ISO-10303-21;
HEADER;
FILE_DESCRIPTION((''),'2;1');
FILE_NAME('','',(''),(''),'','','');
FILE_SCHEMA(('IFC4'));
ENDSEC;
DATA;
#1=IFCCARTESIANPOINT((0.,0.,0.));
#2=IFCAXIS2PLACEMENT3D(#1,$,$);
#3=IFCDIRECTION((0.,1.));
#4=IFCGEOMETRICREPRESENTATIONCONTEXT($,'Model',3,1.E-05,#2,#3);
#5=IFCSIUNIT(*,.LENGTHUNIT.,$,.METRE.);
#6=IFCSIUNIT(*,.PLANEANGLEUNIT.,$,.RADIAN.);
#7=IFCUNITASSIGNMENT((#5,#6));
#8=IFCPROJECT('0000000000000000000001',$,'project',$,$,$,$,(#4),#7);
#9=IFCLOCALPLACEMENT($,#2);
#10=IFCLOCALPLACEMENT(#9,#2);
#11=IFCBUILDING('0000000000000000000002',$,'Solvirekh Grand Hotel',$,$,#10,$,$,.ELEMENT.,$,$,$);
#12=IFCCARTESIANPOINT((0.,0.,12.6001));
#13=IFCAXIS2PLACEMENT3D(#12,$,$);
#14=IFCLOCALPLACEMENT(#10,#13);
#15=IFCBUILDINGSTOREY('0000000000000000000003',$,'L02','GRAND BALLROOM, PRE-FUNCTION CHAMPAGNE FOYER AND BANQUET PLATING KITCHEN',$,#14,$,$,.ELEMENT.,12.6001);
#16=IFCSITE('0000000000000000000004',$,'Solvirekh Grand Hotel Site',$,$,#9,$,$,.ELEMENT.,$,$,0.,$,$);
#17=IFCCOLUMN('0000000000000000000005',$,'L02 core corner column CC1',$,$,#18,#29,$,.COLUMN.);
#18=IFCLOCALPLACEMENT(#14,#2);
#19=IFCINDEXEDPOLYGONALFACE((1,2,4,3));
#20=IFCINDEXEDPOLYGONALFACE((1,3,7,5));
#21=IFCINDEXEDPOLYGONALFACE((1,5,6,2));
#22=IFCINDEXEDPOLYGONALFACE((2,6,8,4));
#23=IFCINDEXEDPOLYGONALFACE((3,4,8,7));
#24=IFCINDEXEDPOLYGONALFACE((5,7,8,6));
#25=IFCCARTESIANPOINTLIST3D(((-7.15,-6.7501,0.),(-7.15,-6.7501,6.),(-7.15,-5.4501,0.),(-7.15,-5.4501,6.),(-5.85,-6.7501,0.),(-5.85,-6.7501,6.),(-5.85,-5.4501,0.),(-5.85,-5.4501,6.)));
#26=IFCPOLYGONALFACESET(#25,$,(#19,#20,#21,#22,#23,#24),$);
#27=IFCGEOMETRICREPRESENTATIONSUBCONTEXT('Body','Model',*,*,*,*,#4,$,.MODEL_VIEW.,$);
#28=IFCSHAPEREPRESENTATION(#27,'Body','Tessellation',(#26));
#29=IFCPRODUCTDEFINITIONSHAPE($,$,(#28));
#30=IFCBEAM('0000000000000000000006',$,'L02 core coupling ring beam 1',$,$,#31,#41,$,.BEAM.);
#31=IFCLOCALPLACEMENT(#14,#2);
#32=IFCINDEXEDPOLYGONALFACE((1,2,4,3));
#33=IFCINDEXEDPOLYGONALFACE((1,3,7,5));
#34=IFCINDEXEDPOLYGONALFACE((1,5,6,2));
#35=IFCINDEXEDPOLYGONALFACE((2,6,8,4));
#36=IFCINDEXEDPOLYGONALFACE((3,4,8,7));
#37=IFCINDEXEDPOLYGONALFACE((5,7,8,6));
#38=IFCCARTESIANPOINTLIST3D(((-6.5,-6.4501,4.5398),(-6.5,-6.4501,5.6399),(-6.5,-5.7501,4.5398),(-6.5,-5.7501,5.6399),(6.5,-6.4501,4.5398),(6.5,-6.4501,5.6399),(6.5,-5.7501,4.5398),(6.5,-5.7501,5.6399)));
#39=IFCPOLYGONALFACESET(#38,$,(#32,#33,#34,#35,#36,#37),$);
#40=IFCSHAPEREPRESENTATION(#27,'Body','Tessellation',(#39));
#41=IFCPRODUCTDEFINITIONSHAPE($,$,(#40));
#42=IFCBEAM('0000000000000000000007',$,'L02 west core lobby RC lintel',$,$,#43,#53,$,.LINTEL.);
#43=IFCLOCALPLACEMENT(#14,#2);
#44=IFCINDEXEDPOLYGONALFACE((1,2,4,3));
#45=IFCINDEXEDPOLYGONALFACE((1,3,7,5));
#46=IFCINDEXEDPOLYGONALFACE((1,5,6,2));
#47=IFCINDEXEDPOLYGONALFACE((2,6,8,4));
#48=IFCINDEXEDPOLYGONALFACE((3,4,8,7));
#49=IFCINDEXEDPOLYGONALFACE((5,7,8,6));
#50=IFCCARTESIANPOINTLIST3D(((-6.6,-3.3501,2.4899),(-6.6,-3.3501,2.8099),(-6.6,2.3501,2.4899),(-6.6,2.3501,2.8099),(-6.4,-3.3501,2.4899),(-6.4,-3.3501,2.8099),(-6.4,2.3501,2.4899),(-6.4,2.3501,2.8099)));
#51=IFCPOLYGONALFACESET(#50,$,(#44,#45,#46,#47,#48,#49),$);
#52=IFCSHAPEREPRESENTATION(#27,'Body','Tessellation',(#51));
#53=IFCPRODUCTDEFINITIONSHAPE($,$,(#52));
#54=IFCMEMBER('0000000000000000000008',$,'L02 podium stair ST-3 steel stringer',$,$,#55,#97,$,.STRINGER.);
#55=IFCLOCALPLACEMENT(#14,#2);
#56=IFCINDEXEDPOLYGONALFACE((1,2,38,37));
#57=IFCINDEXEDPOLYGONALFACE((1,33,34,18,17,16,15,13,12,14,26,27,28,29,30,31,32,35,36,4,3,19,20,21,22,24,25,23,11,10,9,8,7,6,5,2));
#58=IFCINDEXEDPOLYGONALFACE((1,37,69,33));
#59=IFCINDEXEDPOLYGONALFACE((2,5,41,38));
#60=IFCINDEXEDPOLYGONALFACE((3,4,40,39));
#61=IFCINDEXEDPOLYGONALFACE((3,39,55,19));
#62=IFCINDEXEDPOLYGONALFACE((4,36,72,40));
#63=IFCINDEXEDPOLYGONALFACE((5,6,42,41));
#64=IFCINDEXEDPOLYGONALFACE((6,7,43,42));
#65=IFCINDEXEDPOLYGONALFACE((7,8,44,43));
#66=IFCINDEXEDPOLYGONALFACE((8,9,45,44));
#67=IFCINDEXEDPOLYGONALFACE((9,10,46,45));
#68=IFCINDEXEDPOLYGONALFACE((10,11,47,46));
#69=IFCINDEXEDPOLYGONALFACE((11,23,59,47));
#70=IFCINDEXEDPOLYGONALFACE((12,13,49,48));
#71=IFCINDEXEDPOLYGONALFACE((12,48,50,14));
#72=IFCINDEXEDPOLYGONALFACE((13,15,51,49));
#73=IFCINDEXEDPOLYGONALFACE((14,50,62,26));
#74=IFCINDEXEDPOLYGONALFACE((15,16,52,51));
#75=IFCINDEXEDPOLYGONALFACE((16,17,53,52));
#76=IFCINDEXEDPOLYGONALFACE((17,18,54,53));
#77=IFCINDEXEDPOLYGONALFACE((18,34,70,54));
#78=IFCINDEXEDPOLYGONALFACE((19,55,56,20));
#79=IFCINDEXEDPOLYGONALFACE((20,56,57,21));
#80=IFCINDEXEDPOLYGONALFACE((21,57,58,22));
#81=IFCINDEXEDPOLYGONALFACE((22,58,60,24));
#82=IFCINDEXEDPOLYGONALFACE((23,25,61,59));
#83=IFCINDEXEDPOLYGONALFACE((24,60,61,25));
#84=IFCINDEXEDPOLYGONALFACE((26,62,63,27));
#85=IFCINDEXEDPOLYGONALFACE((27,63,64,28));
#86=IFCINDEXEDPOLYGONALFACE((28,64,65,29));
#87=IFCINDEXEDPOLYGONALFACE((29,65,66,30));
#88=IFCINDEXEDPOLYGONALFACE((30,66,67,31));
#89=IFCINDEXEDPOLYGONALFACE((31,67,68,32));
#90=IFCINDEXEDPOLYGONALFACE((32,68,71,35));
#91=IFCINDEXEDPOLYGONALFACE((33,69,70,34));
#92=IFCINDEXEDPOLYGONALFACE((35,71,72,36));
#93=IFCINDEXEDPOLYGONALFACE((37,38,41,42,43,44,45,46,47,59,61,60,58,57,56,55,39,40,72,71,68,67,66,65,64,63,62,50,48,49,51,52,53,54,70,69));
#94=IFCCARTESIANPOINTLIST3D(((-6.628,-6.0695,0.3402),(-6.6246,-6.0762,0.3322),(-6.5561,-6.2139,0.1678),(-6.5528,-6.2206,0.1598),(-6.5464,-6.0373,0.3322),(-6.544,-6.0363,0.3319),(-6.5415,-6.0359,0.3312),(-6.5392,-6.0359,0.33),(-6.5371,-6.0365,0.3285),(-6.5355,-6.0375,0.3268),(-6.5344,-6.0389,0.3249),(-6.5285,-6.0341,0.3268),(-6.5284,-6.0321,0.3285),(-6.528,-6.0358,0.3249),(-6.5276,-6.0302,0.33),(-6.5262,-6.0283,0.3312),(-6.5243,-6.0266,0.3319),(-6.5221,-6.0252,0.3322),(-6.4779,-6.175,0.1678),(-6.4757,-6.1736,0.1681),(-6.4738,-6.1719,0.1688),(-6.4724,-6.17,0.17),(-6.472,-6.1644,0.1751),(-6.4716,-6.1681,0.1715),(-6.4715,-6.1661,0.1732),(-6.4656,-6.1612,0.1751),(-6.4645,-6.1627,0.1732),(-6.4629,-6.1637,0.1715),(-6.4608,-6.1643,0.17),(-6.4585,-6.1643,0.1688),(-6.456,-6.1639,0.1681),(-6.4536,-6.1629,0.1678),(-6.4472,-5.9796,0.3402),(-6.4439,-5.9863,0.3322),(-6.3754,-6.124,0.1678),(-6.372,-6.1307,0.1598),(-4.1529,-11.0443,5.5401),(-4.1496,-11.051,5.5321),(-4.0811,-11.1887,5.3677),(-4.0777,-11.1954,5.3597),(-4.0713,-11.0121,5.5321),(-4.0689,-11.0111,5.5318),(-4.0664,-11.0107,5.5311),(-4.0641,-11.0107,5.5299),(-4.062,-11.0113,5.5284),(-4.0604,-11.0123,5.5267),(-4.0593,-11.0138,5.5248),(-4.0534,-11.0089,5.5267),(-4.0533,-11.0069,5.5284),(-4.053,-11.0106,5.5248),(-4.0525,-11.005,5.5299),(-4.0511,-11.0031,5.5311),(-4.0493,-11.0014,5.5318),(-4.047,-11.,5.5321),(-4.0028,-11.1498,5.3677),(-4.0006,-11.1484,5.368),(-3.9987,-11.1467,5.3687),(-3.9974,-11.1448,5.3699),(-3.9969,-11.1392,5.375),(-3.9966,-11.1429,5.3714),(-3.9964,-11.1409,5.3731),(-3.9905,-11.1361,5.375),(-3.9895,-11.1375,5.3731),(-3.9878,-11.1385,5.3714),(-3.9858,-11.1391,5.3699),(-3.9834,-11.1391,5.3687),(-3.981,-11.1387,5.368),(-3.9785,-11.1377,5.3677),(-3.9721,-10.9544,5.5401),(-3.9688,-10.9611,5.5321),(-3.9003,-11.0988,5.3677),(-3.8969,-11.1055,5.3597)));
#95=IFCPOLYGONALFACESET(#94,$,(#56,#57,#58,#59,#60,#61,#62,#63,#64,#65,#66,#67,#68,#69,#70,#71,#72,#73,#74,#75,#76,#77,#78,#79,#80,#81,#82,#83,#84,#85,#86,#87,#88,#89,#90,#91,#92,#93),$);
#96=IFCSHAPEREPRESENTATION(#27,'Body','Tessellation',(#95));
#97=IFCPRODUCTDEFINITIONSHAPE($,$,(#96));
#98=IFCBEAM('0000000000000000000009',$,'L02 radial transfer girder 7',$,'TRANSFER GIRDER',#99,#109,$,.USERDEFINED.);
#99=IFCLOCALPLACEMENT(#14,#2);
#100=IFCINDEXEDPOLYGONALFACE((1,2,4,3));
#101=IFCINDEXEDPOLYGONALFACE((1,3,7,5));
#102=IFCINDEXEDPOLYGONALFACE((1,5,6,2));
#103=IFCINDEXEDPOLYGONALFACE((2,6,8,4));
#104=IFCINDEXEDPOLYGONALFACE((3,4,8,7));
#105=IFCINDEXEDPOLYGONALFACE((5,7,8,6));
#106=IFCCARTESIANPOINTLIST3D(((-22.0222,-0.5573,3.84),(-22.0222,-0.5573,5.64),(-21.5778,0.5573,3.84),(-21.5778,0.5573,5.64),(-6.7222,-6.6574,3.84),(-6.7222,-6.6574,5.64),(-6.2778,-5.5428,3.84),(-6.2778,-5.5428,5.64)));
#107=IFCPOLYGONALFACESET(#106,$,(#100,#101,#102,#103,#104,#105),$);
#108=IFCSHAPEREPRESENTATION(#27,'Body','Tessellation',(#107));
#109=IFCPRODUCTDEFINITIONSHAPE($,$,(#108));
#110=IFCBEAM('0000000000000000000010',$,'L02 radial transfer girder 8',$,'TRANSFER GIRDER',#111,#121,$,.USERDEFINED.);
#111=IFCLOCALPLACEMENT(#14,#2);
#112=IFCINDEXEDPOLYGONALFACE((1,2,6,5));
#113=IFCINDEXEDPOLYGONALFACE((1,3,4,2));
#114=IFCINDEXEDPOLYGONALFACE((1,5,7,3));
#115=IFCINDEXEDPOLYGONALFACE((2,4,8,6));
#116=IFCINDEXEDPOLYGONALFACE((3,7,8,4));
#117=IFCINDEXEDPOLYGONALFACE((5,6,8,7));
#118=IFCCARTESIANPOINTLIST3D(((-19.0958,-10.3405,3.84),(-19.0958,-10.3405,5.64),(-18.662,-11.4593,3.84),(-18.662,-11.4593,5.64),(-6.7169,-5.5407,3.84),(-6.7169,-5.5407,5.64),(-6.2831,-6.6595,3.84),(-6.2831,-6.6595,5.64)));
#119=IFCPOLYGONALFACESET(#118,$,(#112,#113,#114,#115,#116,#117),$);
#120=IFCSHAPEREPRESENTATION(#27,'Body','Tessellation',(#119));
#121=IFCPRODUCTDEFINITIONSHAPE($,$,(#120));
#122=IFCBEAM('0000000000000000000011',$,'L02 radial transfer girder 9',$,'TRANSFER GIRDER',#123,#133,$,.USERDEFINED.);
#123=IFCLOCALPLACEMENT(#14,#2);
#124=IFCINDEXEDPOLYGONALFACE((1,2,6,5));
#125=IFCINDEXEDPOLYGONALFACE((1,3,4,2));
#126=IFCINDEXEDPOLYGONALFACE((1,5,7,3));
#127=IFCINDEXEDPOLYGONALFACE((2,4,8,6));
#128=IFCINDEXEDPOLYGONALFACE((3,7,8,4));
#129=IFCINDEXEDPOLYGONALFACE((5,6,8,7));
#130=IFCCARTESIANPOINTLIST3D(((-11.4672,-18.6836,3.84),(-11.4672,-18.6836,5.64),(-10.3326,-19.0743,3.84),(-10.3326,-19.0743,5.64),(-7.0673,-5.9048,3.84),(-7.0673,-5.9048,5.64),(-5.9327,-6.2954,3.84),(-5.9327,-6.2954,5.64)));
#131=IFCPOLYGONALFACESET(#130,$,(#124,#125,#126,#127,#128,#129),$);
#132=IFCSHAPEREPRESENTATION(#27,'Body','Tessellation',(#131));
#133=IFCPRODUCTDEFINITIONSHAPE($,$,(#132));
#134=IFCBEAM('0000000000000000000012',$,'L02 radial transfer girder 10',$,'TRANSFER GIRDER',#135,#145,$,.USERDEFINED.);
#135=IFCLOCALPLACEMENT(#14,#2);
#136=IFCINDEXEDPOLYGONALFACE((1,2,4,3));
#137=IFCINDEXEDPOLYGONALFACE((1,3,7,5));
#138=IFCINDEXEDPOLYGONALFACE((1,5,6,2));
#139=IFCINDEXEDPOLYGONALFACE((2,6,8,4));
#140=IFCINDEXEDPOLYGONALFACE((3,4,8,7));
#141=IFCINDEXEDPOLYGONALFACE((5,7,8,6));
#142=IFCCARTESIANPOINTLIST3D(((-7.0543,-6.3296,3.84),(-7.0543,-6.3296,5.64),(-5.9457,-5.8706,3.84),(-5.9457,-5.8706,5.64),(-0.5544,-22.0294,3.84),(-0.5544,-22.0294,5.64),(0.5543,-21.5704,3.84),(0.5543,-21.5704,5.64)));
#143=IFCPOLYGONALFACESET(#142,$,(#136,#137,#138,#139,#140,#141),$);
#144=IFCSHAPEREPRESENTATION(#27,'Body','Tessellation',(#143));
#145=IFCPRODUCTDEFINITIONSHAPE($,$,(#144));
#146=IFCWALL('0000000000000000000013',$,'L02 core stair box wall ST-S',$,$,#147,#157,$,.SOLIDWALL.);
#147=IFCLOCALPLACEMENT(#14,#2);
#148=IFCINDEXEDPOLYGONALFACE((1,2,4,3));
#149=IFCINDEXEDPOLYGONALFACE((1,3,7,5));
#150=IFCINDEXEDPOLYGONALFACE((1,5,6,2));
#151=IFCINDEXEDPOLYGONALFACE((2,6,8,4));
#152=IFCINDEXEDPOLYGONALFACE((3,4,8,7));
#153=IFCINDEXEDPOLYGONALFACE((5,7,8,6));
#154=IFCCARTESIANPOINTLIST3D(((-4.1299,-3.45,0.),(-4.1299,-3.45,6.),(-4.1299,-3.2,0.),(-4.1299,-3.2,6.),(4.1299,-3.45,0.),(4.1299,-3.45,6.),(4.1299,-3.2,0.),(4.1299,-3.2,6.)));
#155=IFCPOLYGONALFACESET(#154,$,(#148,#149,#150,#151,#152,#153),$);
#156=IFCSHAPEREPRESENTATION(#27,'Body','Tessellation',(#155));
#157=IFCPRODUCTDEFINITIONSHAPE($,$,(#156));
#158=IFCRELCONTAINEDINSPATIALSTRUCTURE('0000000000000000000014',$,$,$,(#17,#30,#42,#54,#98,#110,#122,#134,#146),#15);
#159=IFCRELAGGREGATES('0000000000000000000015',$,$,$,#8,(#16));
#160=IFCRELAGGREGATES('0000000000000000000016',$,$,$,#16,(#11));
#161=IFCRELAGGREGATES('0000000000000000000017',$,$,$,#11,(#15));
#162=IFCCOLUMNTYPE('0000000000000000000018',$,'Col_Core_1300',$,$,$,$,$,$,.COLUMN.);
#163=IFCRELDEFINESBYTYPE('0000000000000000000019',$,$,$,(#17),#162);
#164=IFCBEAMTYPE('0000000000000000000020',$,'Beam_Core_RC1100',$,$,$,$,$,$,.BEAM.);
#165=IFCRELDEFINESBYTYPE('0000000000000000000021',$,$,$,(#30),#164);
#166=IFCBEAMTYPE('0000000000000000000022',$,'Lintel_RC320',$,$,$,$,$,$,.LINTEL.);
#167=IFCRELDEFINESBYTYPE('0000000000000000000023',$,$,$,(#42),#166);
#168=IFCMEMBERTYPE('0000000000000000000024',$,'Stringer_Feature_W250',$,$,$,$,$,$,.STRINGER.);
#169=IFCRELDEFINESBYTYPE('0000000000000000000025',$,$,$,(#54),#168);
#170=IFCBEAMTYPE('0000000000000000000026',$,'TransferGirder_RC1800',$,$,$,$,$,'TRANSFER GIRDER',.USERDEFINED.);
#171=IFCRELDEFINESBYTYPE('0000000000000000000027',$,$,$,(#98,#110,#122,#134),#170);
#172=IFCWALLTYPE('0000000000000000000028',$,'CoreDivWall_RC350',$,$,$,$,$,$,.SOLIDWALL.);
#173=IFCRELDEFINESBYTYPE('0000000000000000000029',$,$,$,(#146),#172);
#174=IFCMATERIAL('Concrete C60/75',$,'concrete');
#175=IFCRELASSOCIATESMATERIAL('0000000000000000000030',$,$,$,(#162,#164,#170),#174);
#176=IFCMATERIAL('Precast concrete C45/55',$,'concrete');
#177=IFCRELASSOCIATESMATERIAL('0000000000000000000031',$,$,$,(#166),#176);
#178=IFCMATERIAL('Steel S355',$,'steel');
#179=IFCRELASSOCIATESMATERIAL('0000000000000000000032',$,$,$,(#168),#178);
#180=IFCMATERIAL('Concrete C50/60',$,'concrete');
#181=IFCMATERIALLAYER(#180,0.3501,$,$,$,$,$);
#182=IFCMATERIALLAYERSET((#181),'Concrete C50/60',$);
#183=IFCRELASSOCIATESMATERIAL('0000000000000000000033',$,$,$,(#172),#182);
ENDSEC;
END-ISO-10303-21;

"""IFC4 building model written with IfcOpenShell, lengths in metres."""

from ifc_helpers import new_model, si_unit, direction, frame, frame_2d, origin, origin_2d, place, context, subcontext, project, spatial, rectangle, i_section, extrude, material, layer, layer_set, material_profile, profile_set, type_object, element, save


model = new_model("IFC4")

# Units and contexts
model_context = context("Model", 3, precision=1e-05, world=origin(), true_north=direction((0.0, 1.0)))
body_context = subcontext(model_context, "Body", "Model", "MODEL_VIEW")
ifc_project = project(units=[si_unit("LENGTHUNIT", "METRE"), si_unit("PLANEANGLEUNIT", "RADIAN")], contexts=[model_context])

# Site, building, storey
site_placement = place(None, origin())
site = spatial("IfcSite", under=ifc_project, at=site_placement, Name="Solvirekh Grand Hotel Site", CompositionType="ELEMENT", RefElevation=0.0)
building_placement = place(site_placement, origin())
building = spatial("IfcBuilding", under=site, at=building_placement, Name="Solvirekh Grand Hotel", CompositionType="ELEMENT")
storey_placement = place(building_placement, frame((0.0, 0.0, 12.6001)))
storey = spatial("IfcBuildingStorey", under=building, at=storey_placement, Name="L02", Description="GRAND BALLROOM, PRE-FUNCTION CHAMPAGNE FOYER AND BANQUET PLATING KITCHEN", CompositionType="ELEMENT", Elevation=12.6001)

# Column
ifc_material_1 = material(Name="Concrete C60/75", Category="concrete")
ifc_material_profile_1 = material_profile(ifc_material_1, rectangle(XDim=1.3, YDim=1.3, at=origin_2d()), Name="RC 1300X1300")
ifc_profile_set_1 = profile_set([ifc_material_profile_1], Name="Concrete C60/75")
column_type = type_object("IfcColumnType", Name="Col_Core_1300", PredefinedType="COLUMN", material=ifc_profile_set_1)
column_placement = place(storey_placement, frame((-6.5, -6.1001, 0.0), z_axis=(0.0, 0.0, 1.0), x_axis=(1.0, 0.0, 0.0)))
element("IfcColumn", 1, at=column_placement, inside=storey, type_object=column_type, Name="L02 core corner column CC1", PredefinedType="COLUMN", context=body_context, shape_type="SweptSolid", body=[
    extrude(rectangle(XDim=1.3, YDim=1.3, at=origin_2d()), origin(), (0.0, 0.0, 1.0), 6.0),
])

# Beams
ifc_material_profile_2 = material_profile(ifc_material_1, rectangle(XDim=0.7, YDim=1.1001, at=origin_2d()), Name="RC BEAM 700X1100")
ifc_profile_set_2 = profile_set([ifc_material_profile_2], Name="Concrete C60/75")
beam_type_1 = type_object("IfcBeamType", Name="Beam_Core_RC1100", PredefinedType="BEAM", material=ifc_profile_set_2)
beam_1_placement = place(storey_placement, frame((-6.5, -6.1001, 5.0898), z_axis=(1.0, 0.0, 0.0), x_axis=(0.0, 1.0, 0.0)))
element("IfcBeam", 2, at=beam_1_placement, inside=storey, type_object=beam_type_1, Name="L02 core coupling ring beam 1", PredefinedType="BEAM", context=body_context, shape_type="SweptSolid", body=[
    extrude(rectangle(XDim=0.7, YDim=1.1001, at=origin_2d()), origin(), (0.0, 0.0, 1.0), 13.0),
])
ifc_material_2 = material(Name="Precast concrete C45/55", Category="concrete")
ifc_material_profile_3 = material_profile(ifc_material_2, rectangle(XDim=0.2, YDim=0.3201, at=origin_2d()), Name="RC LINTEL 200X320")
ifc_profile_set_3 = profile_set([ifc_material_profile_3], Name="Precast concrete C45/55")
beam_type_2 = type_object("IfcBeamType", Name="Lintel_RC320", PredefinedType="LINTEL", material=ifc_profile_set_3)
beam_2_placement = place(storey_placement, frame((-6.5, -3.3501, 2.6499), z_axis=(0.0, 1.0, 0.0), x_axis=(-1.0, 0.0, 0.0)))
element("IfcBeam", 3, at=beam_2_placement, inside=storey, type_object=beam_type_2, Name="L02 west core lobby RC lintel", PredefinedType="LINTEL", context=body_context, shape_type="SweptSolid", body=[
    extrude(rectangle(XDim=0.2, YDim=0.3201, at=origin_2d()), origin(), (0.0, 0.0, 1.0), 5.7002),
])

# Member
ifc_material_3 = material(Name="Steel S355", Category="steel")
ifc_material_profile_4 = material_profile(ifc_material_3, i_section(OverallWidth=0.2019, OverallDepth=0.2471, WebThickness=0.0071, FlangeThickness=0.011, FilletRadius=0.01, at=origin_2d()), Name="W250X49")
ifc_profile_set_4 = profile_set([ifc_material_profile_4], Name="Steel S355")
member_type = type_object("IfcMemberType", Name="Stringer_Feature_W250", PredefinedType="STRINGER", material=ifc_profile_set_4)
member_placement = place(storey_placement, frame((-6.5, -6.1001, 0.25), z_axis=(0.325235, -0.653711, 0.683289), x_axis=(0.895313, 0.445438, 0.0)))
element("IfcMember", 4, at=member_placement, inside=storey, type_object=member_type, Name="L02 podium stair ST-3 steel stringer", PredefinedType="STRINGER", context=body_context, shape_type="SweptSolid", body=[
    extrude(i_section(OverallWidth=0.2019, OverallDepth=0.2471, WebThickness=0.0071, FlangeThickness=0.011, FilletRadius=0.01, at=origin_2d()), origin(), (0.0, 0.0, 1.0), 7.6101),
])

# Beams
ifc_material_profile_5 = material_profile(ifc_material_1, rectangle(XDim=1.2, YDim=1.8, at=origin_2d()), Name="RC GIRDER 1200X1800")
ifc_profile_set_5 = profile_set([ifc_material_profile_5], Name="Concrete C60/75")
beam_type_3 = type_object("IfcBeamType", Name="TransferGirder_RC1800", ElementType="TRANSFER GIRDER", PredefinedType="USERDEFINED", material=ifc_profile_set_5)
beam_3_placement = place(storey_placement, frame((-6.5, -6.1001, 4.74), z_axis=(-0.928893, 0.370348, 0.0), x_axis=(-0.370348, -0.928893, 0.0)))
element("IfcBeam", 5, at=beam_3_placement, inside=storey, type_object=beam_type_3, Name="L02 radial transfer girder 7", ObjectType="TRANSFER GIRDER", PredefinedType="USERDEFINED", context=body_context, shape_type="SweptSolid", body=[
    extrude(rectangle(XDim=1.2, YDim=1.8, at=origin_2d()), origin(), (0.0, 0.0, 1.0), 16.4712),
])
beam_4_placement = place(storey_placement, frame((-6.5, -6.1001, 4.74), z_axis=(-0.932366, -0.361516, 0.0), x_axis=(0.361516, -0.932366, 0.0)))
element("IfcBeam", 6, at=beam_4_placement, inside=storey, type_object=beam_type_3, Name="L02 radial transfer girder 8", ObjectType="TRANSFER GIRDER", PredefinedType="USERDEFINED", context=body_context, shape_type="SweptSolid", body=[
    extrude(rectangle(XDim=1.2, YDim=1.8, at=origin_2d()), origin(), (0.0, 0.0, 1.0), 13.2769),
])
beam_5_placement = place(storey_placement, frame((-6.5, -6.1001, 4.74), z_axis=(-0.325555, -0.945523, 0.0), x_axis=(0.945523, -0.325555, 0.0)))
element("IfcBeam", 7, at=beam_5_placement, inside=storey, type_object=beam_type_3, Name="L02 radial transfer girder 9", ObjectType="TRANSFER GIRDER", PredefinedType="USERDEFINED", context=body_context, shape_type="SweptSolid", body=[
    extrude(rectangle(XDim=1.2, YDim=1.8, at=origin_2d()), origin(), (0.0, 0.0, 1.0), 13.5151),
])
beam_6_placement = place(storey_placement, frame((-6.5, -6.1001, 4.74), z_axis=(0.382526, -0.923945, 0.0), x_axis=(0.923945, 0.382526, 0.0)))
element("IfcBeam", 8, at=beam_6_placement, inside=storey, type_object=beam_type_3, Name="L02 radial transfer girder 10", ObjectType="TRANSFER GIRDER", PredefinedType="USERDEFINED", context=body_context, shape_type="SweptSolid", body=[
    extrude(rectangle(XDim=1.2, YDim=1.8, at=origin_2d()), origin(), (0.0, 0.0, 1.0), 16.9922),
])

# Wall
ifc_material_4 = material(Name="Concrete C50/60", Category="concrete")
ifc_layer_1 = layer(ifc_material_4, 0.3501)
ifc_layer_set_1 = layer_set([ifc_layer_1], Name="Concrete C50/60")
wall_type_1 = type_object("IfcWallType", Name="CoreDivWall_RC350", PredefinedType="SOLIDWALL", material=ifc_layer_set_1)
wall_1_placement = place(storey_placement, frame((-4.1299, -3.325, 0.0), z_axis=(0.0, 0.0, 1.0), x_axis=(1.0, 0.0, 0.0)))
element("IfcWall", 9, at=wall_1_placement, inside=storey, type_object=wall_type_1, Name="L02 core stair box wall ST-S", PredefinedType="SOLIDWALL", context=body_context, shape_type="SweptSolid", body=[
    extrude(rectangle(XDim=8.2598, YDim=0.25, at=frame_2d((4.1299, 0.0))), origin(), (0.0, 0.0, 1.0), 6.0),
])

save(model, "model.ifc")
